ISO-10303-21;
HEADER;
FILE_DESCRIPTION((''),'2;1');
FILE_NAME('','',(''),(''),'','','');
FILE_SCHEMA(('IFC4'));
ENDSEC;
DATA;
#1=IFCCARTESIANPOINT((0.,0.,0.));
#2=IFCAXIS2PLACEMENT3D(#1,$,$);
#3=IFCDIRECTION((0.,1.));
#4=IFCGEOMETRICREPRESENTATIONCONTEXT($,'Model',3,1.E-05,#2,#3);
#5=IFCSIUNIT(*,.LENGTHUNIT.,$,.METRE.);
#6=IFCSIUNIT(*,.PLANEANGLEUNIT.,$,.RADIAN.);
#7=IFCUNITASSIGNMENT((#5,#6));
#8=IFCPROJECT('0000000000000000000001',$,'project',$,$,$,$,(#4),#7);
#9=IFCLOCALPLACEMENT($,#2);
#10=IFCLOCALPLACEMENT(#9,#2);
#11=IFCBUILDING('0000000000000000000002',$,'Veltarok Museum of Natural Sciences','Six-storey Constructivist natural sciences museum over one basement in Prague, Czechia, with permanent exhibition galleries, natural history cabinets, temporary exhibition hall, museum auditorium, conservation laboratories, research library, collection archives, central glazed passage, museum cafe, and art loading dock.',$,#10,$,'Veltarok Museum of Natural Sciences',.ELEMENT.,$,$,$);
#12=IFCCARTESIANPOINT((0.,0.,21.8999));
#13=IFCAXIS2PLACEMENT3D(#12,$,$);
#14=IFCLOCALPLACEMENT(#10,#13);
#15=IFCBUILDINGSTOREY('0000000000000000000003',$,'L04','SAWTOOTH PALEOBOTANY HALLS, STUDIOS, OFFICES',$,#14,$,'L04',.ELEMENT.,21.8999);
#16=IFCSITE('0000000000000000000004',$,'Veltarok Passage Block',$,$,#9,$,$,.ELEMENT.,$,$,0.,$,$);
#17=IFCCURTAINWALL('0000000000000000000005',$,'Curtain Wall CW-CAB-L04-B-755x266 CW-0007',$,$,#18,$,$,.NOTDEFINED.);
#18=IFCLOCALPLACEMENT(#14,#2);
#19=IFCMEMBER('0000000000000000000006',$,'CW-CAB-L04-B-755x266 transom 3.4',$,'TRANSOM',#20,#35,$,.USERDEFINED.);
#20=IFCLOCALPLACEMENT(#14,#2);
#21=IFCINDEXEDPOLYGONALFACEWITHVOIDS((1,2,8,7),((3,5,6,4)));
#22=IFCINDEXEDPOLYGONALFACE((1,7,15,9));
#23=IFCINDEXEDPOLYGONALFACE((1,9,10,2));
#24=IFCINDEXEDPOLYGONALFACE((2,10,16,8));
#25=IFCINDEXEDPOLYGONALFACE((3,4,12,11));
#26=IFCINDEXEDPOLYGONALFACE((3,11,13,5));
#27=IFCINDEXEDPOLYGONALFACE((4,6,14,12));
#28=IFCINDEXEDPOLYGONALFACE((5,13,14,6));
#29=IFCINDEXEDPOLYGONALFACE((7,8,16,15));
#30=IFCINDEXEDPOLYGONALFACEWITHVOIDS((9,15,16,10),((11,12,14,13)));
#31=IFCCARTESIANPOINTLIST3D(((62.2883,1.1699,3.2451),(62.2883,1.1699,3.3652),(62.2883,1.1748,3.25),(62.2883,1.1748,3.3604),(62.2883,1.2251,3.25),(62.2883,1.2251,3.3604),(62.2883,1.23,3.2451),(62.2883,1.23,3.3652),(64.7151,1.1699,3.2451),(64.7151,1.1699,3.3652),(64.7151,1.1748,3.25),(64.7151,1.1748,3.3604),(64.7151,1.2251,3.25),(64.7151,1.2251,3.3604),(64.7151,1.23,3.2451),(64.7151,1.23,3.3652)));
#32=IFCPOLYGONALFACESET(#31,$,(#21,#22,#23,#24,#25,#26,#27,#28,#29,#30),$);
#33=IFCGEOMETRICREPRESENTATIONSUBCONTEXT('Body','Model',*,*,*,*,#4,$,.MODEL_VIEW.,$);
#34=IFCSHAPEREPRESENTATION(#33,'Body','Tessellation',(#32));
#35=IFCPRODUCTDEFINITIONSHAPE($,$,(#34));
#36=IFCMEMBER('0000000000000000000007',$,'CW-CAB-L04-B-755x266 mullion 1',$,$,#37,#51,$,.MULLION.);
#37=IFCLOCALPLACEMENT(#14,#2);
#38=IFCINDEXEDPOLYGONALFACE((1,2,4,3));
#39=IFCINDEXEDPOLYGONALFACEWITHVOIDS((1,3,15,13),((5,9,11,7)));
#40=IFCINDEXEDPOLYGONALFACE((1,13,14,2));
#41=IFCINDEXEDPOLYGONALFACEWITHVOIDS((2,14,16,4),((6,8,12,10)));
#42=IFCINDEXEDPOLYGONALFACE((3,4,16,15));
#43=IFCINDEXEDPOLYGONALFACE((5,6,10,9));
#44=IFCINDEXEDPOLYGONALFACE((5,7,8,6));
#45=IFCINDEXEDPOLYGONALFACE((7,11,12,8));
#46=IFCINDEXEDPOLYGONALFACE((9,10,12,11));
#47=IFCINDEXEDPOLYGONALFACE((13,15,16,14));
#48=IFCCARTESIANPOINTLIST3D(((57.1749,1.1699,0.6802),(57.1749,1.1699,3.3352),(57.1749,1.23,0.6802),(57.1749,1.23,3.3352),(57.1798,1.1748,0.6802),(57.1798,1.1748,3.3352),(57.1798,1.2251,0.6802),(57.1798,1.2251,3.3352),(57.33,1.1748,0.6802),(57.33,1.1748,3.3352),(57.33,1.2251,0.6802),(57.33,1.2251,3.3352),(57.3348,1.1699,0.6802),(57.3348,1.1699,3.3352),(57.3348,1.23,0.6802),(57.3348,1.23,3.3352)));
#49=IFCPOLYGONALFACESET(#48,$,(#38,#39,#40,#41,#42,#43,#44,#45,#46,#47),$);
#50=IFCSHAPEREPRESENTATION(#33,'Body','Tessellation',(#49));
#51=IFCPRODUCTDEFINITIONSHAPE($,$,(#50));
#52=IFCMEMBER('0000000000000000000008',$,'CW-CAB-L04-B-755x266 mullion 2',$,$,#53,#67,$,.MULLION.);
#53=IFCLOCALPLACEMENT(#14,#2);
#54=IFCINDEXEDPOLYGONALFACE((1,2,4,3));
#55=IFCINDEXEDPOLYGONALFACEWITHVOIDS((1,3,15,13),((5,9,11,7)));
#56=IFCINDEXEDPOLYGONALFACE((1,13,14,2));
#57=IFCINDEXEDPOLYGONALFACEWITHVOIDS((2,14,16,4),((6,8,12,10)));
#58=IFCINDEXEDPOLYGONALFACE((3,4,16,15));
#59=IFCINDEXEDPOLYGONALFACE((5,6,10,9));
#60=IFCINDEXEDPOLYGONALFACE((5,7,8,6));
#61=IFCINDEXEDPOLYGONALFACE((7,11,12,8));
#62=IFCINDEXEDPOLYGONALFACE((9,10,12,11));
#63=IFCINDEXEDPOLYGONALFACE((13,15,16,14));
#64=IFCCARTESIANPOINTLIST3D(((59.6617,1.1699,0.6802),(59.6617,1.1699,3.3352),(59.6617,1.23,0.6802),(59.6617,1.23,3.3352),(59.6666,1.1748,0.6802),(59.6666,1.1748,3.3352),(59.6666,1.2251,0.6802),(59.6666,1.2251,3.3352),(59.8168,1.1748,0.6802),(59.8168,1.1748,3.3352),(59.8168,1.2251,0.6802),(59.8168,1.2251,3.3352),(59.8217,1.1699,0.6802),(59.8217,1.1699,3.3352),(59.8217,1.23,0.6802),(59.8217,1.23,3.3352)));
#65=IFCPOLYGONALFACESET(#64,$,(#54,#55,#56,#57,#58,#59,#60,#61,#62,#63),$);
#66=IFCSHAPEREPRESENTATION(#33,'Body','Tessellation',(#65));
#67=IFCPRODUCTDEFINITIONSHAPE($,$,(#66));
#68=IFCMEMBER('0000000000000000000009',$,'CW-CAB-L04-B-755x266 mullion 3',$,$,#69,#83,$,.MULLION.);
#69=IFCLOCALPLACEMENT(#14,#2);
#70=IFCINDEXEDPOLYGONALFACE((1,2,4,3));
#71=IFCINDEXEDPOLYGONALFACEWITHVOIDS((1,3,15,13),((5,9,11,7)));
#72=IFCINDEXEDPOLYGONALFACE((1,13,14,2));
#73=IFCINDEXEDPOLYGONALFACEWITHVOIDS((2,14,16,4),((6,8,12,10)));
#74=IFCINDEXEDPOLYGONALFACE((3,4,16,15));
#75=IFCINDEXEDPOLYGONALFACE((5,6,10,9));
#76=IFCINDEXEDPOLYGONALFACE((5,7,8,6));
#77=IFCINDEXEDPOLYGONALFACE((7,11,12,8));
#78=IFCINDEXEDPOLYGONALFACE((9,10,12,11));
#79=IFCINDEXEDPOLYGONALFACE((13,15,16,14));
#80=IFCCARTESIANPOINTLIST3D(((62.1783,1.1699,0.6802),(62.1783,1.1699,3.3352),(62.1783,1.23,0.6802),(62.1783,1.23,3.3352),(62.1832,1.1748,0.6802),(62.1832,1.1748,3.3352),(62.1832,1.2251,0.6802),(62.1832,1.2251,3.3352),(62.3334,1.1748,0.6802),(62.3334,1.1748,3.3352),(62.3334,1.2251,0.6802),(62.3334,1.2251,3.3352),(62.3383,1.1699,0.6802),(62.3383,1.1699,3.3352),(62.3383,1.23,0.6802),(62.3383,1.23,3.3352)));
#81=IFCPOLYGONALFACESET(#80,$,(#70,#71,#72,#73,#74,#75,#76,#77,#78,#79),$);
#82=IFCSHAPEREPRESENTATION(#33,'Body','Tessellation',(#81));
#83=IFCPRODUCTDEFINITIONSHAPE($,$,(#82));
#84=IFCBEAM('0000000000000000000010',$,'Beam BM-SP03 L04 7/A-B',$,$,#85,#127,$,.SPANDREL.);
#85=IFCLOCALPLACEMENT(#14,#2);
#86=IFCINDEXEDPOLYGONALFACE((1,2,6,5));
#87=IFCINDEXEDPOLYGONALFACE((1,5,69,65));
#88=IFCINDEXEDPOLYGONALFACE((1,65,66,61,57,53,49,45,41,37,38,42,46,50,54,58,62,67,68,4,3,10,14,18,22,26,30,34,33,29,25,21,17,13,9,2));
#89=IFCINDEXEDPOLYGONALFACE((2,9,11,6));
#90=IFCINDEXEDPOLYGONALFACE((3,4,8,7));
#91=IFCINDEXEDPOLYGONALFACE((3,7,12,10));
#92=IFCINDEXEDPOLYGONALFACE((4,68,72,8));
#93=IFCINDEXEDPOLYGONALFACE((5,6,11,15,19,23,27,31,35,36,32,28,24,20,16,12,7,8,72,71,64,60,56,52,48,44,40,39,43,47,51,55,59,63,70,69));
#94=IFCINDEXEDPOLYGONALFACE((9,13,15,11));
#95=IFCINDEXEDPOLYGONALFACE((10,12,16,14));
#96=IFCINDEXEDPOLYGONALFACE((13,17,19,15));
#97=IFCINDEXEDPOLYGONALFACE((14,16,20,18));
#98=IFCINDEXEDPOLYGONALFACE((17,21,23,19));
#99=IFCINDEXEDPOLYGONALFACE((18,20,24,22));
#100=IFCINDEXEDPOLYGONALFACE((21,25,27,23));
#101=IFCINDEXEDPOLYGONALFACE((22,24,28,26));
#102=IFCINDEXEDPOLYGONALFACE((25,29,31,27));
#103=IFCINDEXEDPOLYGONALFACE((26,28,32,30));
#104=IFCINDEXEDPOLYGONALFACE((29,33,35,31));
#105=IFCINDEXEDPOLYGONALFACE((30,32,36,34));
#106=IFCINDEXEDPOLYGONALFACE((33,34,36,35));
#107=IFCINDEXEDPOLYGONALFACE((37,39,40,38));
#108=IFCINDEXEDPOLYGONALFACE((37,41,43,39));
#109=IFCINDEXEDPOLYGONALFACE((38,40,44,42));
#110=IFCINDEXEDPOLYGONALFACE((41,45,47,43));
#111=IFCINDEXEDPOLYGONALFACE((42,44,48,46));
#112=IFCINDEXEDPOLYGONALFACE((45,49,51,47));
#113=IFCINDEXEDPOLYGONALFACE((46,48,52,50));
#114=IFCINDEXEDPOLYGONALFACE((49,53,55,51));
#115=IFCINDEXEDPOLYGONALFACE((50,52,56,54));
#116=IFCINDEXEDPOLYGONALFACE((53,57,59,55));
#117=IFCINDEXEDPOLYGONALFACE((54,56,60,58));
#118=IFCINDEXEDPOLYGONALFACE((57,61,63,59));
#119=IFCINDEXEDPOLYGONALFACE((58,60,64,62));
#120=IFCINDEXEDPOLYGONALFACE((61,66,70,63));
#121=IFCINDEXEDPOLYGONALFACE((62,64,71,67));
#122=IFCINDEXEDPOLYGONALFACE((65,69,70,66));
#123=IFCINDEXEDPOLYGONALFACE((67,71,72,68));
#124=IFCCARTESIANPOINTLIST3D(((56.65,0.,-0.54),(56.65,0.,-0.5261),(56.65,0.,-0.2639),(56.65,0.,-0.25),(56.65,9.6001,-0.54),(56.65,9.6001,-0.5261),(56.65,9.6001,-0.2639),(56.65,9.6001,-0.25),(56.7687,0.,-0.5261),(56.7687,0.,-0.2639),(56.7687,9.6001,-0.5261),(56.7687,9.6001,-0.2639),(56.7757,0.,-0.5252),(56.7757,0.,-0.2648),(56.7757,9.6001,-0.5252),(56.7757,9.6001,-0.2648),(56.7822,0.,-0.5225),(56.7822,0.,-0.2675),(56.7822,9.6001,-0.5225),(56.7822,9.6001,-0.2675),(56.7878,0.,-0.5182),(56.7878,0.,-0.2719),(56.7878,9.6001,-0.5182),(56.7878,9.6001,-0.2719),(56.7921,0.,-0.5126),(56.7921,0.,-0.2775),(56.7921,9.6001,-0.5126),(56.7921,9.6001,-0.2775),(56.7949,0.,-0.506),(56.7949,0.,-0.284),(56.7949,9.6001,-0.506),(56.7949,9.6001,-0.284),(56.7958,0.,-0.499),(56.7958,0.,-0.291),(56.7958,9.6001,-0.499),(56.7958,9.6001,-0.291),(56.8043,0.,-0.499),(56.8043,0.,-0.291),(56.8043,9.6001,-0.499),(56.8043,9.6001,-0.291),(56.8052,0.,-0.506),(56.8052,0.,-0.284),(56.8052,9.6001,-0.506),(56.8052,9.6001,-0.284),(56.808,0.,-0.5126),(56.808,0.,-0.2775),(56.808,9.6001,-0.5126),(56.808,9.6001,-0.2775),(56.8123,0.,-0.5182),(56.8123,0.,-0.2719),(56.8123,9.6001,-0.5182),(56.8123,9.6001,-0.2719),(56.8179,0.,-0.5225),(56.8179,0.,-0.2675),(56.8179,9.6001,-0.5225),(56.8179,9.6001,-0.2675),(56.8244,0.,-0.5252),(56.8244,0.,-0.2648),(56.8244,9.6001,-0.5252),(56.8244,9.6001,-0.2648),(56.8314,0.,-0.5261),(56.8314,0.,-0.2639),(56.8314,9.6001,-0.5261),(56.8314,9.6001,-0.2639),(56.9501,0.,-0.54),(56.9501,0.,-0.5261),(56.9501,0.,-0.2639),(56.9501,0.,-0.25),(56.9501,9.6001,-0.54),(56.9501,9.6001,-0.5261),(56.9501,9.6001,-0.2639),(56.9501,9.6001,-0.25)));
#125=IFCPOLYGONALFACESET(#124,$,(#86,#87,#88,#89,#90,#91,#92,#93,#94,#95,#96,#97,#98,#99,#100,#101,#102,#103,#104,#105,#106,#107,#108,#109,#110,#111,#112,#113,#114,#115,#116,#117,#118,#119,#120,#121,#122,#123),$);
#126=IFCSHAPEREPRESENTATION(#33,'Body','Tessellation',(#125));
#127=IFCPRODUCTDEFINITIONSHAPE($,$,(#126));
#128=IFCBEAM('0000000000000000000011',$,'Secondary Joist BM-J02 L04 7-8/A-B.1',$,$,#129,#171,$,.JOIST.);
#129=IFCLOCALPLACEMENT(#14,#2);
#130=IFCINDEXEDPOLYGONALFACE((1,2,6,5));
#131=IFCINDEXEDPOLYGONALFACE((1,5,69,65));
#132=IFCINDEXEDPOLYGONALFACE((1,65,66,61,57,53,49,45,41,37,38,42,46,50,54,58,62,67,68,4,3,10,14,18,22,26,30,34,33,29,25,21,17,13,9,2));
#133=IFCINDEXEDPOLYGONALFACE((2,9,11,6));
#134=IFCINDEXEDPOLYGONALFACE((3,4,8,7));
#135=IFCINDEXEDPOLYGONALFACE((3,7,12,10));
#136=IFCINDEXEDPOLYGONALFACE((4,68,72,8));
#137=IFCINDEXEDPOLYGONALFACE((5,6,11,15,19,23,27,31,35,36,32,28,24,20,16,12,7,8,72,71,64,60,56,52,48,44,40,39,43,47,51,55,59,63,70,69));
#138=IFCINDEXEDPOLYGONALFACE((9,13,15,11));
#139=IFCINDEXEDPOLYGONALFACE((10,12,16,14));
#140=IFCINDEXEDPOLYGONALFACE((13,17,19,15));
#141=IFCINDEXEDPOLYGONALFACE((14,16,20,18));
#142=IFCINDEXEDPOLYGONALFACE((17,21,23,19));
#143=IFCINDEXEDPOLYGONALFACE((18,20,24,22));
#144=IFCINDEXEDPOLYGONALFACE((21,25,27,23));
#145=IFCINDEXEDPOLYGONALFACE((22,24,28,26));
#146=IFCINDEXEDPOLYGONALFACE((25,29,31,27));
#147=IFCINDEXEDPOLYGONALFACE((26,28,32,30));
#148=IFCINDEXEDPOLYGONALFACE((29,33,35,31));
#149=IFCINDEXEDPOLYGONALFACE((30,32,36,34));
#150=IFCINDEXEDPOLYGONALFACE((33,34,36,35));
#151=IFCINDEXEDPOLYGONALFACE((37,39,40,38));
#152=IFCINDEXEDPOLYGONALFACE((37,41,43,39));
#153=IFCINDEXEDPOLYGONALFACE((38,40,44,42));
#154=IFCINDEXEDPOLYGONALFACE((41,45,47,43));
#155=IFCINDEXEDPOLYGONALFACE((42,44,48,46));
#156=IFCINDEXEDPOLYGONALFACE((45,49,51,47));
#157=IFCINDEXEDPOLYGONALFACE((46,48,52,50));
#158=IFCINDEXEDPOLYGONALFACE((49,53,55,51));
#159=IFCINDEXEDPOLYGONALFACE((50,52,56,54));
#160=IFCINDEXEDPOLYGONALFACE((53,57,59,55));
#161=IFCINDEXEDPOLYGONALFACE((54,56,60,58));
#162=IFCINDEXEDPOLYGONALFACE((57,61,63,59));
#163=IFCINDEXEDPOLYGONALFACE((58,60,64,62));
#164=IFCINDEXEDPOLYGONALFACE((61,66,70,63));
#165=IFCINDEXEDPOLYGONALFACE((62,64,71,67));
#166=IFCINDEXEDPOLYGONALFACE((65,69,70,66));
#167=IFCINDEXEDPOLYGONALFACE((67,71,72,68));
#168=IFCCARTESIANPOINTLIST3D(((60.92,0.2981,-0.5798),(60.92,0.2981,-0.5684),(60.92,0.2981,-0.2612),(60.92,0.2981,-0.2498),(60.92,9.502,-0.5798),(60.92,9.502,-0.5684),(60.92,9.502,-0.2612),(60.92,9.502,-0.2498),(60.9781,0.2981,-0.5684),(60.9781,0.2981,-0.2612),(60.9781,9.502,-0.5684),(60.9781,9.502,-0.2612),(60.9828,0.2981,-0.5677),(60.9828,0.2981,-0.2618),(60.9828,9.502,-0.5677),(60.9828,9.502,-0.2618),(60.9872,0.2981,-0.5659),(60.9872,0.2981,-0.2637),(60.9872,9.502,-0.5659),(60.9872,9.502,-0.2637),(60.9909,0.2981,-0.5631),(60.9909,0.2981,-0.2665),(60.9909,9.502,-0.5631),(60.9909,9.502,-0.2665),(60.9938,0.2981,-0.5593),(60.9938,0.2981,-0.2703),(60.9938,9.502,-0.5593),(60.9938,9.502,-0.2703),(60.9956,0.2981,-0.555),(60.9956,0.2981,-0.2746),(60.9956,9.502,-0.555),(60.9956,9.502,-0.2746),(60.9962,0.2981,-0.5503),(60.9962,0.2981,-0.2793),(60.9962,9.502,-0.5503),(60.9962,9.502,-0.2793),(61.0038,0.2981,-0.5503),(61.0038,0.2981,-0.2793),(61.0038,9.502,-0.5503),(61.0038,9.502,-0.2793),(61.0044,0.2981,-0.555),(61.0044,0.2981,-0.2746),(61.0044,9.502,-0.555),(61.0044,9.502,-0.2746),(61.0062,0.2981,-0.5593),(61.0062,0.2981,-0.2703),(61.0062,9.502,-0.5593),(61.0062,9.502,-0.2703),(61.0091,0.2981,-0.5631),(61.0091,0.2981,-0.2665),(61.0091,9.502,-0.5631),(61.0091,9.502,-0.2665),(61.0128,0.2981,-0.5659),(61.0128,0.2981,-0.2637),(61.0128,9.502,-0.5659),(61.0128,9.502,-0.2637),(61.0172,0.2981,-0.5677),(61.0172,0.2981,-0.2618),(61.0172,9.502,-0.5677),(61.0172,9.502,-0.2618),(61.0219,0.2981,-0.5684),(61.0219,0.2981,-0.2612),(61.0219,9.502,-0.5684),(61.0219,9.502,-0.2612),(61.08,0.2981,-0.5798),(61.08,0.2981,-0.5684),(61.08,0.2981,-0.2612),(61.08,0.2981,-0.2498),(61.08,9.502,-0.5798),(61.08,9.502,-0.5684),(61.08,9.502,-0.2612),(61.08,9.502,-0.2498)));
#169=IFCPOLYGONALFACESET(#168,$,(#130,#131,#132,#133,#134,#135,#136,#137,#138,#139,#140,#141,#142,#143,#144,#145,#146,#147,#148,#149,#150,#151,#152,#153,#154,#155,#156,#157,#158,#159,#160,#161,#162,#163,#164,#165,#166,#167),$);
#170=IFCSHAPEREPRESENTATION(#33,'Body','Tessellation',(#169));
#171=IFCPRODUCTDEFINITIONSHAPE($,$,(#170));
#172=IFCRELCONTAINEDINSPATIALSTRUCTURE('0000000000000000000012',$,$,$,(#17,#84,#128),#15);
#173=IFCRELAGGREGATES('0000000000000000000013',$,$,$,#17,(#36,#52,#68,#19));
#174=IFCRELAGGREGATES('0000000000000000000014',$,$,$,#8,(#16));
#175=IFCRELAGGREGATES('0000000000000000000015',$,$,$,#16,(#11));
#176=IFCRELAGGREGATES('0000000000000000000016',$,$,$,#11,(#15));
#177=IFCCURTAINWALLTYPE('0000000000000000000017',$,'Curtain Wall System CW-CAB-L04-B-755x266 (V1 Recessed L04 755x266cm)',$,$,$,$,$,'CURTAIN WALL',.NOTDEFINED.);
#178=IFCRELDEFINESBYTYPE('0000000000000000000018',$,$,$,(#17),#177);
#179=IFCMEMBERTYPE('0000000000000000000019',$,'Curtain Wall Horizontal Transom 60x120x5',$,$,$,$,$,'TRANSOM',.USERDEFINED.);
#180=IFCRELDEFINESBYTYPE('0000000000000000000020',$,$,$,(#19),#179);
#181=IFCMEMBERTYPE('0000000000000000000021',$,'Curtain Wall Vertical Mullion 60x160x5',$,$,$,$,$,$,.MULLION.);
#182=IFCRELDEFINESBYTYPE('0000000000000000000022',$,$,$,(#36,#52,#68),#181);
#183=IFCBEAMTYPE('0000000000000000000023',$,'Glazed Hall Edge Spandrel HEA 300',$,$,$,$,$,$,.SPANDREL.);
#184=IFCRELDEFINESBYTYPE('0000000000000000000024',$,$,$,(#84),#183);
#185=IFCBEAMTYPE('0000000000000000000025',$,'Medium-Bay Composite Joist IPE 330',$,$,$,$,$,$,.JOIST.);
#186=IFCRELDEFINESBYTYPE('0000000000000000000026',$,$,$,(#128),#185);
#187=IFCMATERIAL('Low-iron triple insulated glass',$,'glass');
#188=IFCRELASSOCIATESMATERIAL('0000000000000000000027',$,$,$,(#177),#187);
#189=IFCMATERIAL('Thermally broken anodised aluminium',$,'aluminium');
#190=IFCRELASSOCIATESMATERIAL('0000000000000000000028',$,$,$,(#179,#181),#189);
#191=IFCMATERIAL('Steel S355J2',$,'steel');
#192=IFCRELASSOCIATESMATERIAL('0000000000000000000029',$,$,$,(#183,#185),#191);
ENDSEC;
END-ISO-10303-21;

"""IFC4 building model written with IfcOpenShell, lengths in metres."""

from ifc_helpers import new_model, si_unit, direction, frame, origin, origin_2d, place, context, subcontext, project, spatial, hollow_rectangle, i_section, extrude, material, material_profile, profile_set, type_object, element, aggregate, save


model = new_model("IFC4")

# Units and contexts
model_context = context("Model", 3, precision=1e-05, world=origin(), true_north=direction((0.0, 1.0)))
body_context = subcontext(model_context, "Body", "Model", "MODEL_VIEW")
ifc_project = project(units=[si_unit("LENGTHUNIT", "METRE"), si_unit("PLANEANGLEUNIT", "RADIAN")], contexts=[model_context])

# Site, building, storey
site_placement = place(None, origin())
site = spatial("IfcSite", under=ifc_project, at=site_placement, Name="Veltarok Passage Block", CompositionType="ELEMENT", RefElevation=0.0)
building_placement = place(site_placement, origin())
building = spatial("IfcBuilding", under=site, at=building_placement, Name="Veltarok Museum of Natural Sciences", Description="Six-storey Constructivist natural sciences museum over one basement in Prague, Czechia, with permanent exhibition galleries, natural history cabinets, temporary exhibition hall, museum auditorium, conservation laboratories, research library, collection archives, central glazed passage, museum cafe, and art loading dock.", LongName="Veltarok Museum of Natural Sciences", CompositionType="ELEMENT")
storey_placement = place(building_placement, frame((0.0, 0.0, 21.8999)))
storey = spatial("IfcBuildingStorey", under=building, at=storey_placement, Name="L04", Description="SAWTOOTH PALEOBOTANY HALLS, STUDIOS, OFFICES", LongName="L04", CompositionType="ELEMENT", Elevation=21.8999)

# Curtain wall, members
ifc_material_1 = material(Name="Low-iron triple insulated glass", Category="glass")
curtain_wall_type = type_object("IfcCurtainWallType", Name="Curtain Wall System CW-CAB-L04-B-755x266 (V1 Recessed L04 755x266cm)", ElementType="CURTAIN WALL", PredefinedType="NOTDEFINED", material=ifc_material_1)
curtain_wall_placement = place(storey_placement, origin())
curtain_wall = element("IfcCurtainWall", 1, at=curtain_wall_placement, inside=storey, type_object=curtain_wall_type, Name="Curtain Wall CW-CAB-L04-B-755x266 CW-0007", PredefinedType="NOTDEFINED")
ifc_material_2 = material(Name="Thermally broken anodised aluminium", Category="aluminium")
ifc_material_profile_1 = material_profile(ifc_material_2, hollow_rectangle(XDim=0.0601, YDim=0.1201, WallThickness=0.0049, at=origin_2d()), Name="CW TRANSOM 60x120x5")
ifc_profile_set_1 = profile_set([ifc_material_profile_1], Name="Thermally broken anodised aluminium")
member_type_1 = type_object("IfcMemberType", Name="Curtain Wall Horizontal Transom 60x120x5", ElementType="TRANSOM", PredefinedType="USERDEFINED", material=ifc_profile_set_1)
member_1_placement = place(storey_placement, frame((62.2883, 1.2, 3.3052), z_axis=(1.0, 0.0, 0.0), x_axis=(0.0, 1.0, 0.0)))
member_1 = element("IfcMember", 2, at=member_1_placement, type_object=member_type_1, Name="CW-CAB-L04-B-755x266 transom 3.4", ObjectType="TRANSOM", PredefinedType="USERDEFINED", context=body_context, shape_type="SweptSolid", body=[
    extrude(hollow_rectangle(XDim=0.0601, YDim=0.1201, WallThickness=0.0049, at=origin_2d()), origin(), (0.0, 0.0, 1.0), 2.4268),
])
ifc_material_profile_2 = material_profile(ifc_material_2, hollow_rectangle(XDim=0.0601, YDim=0.1599, WallThickness=0.0049, at=origin_2d()), Name="CW MULLION 60x160x5")
ifc_profile_set_2 = profile_set([ifc_material_profile_2], Name="Thermally broken anodised aluminium")
member_type_2 = type_object("IfcMemberType", Name="Curtain Wall Vertical Mullion 60x160x5", PredefinedType="MULLION", material=ifc_profile_set_2)
member_2_placement = place(storey_placement, frame((57.2549, 1.2, 0.6802), z_axis=(0.0, 0.0, 1.0), x_axis=(0.0, 1.0, 0.0)))
member_2 = element("IfcMember", 3, at=member_2_placement, type_object=member_type_2, Name="CW-CAB-L04-B-755x266 mullion 1", PredefinedType="MULLION", context=body_context, shape_type="SweptSolid", body=[
    extrude(hollow_rectangle(XDim=0.0601, YDim=0.1599, WallThickness=0.0049, at=origin_2d()), origin(), (0.0, 0.0, 1.0), 2.655),
])
member_3_placement = place(storey_placement, frame((59.7417, 1.2, 0.6802), z_axis=(0.0, 0.0, 1.0), x_axis=(0.0, 1.0, 0.0)))
member_3 = element("IfcMember", 4, at=member_3_placement, type_object=member_type_2, Name="CW-CAB-L04-B-755x266 mullion 2", PredefinedType="MULLION", context=body_context, shape_type="SweptSolid", body=[
    extrude(hollow_rectangle(XDim=0.0601, YDim=0.1599, WallThickness=0.0049, at=origin_2d()), origin(), (0.0, 0.0, 1.0), 2.655),
])
member_4_placement = place(storey_placement, frame((62.2583, 1.2, 0.6802), z_axis=(0.0, 0.0, 1.0), x_axis=(0.0, 1.0, 0.0)))
member_4 = element("IfcMember", 5, at=member_4_placement, type_object=member_type_2, Name="CW-CAB-L04-B-755x266 mullion 3", PredefinedType="MULLION", context=body_context, shape_type="SweptSolid", body=[
    extrude(hollow_rectangle(XDim=0.0601, YDim=0.1599, WallThickness=0.0049, at=origin_2d()), origin(), (0.0, 0.0, 1.0), 2.655),
])

# Beams
ifc_material_3 = material(Name="Steel S355J2", Category="steel")
ifc_material_profile_3 = material_profile(ifc_material_3, i_section(OverallWidth=0.3, OverallDepth=0.29, WebThickness=0.0085, FlangeThickness=0.0139, FilletRadius=0.0271, at=origin_2d()), Name="HEA 300")
ifc_profile_set_3 = profile_set([ifc_material_profile_3], Name="Steel S355J2")
beam_type_1 = type_object("IfcBeamType", Name="Glazed Hall Edge Spandrel HEA 300", PredefinedType="SPANDREL", material=ifc_profile_set_3)
beam_1_placement = place(storey_placement, frame((56.8, 0.0, -0.395), z_axis=(0.0, 1.0, 0.0), x_axis=(-1.0, 0.0, 0.0)))
element("IfcBeam", 6, at=beam_1_placement, inside=storey, type_object=beam_type_1, Name="Beam BM-SP03 L04 7/A-B", PredefinedType="SPANDREL", context=body_context, shape_type="SweptSolid", body=[
    extrude(i_section(OverallWidth=0.3, OverallDepth=0.29, WebThickness=0.0085, FlangeThickness=0.0139, FilletRadius=0.0271, at=origin_2d()), origin(), (0.0, 0.0, 1.0), 9.6001),
])
ifc_material_profile_4 = material_profile(ifc_material_3, i_section(OverallWidth=0.1599, OverallDepth=0.3301, WebThickness=0.0076, FlangeThickness=0.0115, FilletRadius=0.0181, at=origin_2d()), Name="IPE 330")
ifc_profile_set_4 = profile_set([ifc_material_profile_4], Name="Steel S355J2")
beam_type_2 = type_object("IfcBeamType", Name="Medium-Bay Composite Joist IPE 330", PredefinedType="JOIST", material=ifc_profile_set_4)
beam_2_placement = place(storey_placement, frame((61.0, 0.2981, -0.4148), z_axis=(0.0, 1.0, 0.0), x_axis=(-1.0, 0.0, 0.0)))
element("IfcBeam", 7, at=beam_2_placement, inside=storey, type_object=beam_type_2, Name="Secondary Joist BM-J02 L04 7-8/A-B.1", PredefinedType="JOIST", context=body_context, shape_type="SweptSolid", body=[
    extrude(i_section(OverallWidth=0.1599, OverallDepth=0.3301, WebThickness=0.0076, FlangeThickness=0.0115, FilletRadius=0.0181, at=origin_2d()), origin(), (0.0, 0.0, 1.0), 9.2039),
])

aggregate(curtain_wall, [member_2, member_3, member_4, member_1])

save(model, "model.ifc")
